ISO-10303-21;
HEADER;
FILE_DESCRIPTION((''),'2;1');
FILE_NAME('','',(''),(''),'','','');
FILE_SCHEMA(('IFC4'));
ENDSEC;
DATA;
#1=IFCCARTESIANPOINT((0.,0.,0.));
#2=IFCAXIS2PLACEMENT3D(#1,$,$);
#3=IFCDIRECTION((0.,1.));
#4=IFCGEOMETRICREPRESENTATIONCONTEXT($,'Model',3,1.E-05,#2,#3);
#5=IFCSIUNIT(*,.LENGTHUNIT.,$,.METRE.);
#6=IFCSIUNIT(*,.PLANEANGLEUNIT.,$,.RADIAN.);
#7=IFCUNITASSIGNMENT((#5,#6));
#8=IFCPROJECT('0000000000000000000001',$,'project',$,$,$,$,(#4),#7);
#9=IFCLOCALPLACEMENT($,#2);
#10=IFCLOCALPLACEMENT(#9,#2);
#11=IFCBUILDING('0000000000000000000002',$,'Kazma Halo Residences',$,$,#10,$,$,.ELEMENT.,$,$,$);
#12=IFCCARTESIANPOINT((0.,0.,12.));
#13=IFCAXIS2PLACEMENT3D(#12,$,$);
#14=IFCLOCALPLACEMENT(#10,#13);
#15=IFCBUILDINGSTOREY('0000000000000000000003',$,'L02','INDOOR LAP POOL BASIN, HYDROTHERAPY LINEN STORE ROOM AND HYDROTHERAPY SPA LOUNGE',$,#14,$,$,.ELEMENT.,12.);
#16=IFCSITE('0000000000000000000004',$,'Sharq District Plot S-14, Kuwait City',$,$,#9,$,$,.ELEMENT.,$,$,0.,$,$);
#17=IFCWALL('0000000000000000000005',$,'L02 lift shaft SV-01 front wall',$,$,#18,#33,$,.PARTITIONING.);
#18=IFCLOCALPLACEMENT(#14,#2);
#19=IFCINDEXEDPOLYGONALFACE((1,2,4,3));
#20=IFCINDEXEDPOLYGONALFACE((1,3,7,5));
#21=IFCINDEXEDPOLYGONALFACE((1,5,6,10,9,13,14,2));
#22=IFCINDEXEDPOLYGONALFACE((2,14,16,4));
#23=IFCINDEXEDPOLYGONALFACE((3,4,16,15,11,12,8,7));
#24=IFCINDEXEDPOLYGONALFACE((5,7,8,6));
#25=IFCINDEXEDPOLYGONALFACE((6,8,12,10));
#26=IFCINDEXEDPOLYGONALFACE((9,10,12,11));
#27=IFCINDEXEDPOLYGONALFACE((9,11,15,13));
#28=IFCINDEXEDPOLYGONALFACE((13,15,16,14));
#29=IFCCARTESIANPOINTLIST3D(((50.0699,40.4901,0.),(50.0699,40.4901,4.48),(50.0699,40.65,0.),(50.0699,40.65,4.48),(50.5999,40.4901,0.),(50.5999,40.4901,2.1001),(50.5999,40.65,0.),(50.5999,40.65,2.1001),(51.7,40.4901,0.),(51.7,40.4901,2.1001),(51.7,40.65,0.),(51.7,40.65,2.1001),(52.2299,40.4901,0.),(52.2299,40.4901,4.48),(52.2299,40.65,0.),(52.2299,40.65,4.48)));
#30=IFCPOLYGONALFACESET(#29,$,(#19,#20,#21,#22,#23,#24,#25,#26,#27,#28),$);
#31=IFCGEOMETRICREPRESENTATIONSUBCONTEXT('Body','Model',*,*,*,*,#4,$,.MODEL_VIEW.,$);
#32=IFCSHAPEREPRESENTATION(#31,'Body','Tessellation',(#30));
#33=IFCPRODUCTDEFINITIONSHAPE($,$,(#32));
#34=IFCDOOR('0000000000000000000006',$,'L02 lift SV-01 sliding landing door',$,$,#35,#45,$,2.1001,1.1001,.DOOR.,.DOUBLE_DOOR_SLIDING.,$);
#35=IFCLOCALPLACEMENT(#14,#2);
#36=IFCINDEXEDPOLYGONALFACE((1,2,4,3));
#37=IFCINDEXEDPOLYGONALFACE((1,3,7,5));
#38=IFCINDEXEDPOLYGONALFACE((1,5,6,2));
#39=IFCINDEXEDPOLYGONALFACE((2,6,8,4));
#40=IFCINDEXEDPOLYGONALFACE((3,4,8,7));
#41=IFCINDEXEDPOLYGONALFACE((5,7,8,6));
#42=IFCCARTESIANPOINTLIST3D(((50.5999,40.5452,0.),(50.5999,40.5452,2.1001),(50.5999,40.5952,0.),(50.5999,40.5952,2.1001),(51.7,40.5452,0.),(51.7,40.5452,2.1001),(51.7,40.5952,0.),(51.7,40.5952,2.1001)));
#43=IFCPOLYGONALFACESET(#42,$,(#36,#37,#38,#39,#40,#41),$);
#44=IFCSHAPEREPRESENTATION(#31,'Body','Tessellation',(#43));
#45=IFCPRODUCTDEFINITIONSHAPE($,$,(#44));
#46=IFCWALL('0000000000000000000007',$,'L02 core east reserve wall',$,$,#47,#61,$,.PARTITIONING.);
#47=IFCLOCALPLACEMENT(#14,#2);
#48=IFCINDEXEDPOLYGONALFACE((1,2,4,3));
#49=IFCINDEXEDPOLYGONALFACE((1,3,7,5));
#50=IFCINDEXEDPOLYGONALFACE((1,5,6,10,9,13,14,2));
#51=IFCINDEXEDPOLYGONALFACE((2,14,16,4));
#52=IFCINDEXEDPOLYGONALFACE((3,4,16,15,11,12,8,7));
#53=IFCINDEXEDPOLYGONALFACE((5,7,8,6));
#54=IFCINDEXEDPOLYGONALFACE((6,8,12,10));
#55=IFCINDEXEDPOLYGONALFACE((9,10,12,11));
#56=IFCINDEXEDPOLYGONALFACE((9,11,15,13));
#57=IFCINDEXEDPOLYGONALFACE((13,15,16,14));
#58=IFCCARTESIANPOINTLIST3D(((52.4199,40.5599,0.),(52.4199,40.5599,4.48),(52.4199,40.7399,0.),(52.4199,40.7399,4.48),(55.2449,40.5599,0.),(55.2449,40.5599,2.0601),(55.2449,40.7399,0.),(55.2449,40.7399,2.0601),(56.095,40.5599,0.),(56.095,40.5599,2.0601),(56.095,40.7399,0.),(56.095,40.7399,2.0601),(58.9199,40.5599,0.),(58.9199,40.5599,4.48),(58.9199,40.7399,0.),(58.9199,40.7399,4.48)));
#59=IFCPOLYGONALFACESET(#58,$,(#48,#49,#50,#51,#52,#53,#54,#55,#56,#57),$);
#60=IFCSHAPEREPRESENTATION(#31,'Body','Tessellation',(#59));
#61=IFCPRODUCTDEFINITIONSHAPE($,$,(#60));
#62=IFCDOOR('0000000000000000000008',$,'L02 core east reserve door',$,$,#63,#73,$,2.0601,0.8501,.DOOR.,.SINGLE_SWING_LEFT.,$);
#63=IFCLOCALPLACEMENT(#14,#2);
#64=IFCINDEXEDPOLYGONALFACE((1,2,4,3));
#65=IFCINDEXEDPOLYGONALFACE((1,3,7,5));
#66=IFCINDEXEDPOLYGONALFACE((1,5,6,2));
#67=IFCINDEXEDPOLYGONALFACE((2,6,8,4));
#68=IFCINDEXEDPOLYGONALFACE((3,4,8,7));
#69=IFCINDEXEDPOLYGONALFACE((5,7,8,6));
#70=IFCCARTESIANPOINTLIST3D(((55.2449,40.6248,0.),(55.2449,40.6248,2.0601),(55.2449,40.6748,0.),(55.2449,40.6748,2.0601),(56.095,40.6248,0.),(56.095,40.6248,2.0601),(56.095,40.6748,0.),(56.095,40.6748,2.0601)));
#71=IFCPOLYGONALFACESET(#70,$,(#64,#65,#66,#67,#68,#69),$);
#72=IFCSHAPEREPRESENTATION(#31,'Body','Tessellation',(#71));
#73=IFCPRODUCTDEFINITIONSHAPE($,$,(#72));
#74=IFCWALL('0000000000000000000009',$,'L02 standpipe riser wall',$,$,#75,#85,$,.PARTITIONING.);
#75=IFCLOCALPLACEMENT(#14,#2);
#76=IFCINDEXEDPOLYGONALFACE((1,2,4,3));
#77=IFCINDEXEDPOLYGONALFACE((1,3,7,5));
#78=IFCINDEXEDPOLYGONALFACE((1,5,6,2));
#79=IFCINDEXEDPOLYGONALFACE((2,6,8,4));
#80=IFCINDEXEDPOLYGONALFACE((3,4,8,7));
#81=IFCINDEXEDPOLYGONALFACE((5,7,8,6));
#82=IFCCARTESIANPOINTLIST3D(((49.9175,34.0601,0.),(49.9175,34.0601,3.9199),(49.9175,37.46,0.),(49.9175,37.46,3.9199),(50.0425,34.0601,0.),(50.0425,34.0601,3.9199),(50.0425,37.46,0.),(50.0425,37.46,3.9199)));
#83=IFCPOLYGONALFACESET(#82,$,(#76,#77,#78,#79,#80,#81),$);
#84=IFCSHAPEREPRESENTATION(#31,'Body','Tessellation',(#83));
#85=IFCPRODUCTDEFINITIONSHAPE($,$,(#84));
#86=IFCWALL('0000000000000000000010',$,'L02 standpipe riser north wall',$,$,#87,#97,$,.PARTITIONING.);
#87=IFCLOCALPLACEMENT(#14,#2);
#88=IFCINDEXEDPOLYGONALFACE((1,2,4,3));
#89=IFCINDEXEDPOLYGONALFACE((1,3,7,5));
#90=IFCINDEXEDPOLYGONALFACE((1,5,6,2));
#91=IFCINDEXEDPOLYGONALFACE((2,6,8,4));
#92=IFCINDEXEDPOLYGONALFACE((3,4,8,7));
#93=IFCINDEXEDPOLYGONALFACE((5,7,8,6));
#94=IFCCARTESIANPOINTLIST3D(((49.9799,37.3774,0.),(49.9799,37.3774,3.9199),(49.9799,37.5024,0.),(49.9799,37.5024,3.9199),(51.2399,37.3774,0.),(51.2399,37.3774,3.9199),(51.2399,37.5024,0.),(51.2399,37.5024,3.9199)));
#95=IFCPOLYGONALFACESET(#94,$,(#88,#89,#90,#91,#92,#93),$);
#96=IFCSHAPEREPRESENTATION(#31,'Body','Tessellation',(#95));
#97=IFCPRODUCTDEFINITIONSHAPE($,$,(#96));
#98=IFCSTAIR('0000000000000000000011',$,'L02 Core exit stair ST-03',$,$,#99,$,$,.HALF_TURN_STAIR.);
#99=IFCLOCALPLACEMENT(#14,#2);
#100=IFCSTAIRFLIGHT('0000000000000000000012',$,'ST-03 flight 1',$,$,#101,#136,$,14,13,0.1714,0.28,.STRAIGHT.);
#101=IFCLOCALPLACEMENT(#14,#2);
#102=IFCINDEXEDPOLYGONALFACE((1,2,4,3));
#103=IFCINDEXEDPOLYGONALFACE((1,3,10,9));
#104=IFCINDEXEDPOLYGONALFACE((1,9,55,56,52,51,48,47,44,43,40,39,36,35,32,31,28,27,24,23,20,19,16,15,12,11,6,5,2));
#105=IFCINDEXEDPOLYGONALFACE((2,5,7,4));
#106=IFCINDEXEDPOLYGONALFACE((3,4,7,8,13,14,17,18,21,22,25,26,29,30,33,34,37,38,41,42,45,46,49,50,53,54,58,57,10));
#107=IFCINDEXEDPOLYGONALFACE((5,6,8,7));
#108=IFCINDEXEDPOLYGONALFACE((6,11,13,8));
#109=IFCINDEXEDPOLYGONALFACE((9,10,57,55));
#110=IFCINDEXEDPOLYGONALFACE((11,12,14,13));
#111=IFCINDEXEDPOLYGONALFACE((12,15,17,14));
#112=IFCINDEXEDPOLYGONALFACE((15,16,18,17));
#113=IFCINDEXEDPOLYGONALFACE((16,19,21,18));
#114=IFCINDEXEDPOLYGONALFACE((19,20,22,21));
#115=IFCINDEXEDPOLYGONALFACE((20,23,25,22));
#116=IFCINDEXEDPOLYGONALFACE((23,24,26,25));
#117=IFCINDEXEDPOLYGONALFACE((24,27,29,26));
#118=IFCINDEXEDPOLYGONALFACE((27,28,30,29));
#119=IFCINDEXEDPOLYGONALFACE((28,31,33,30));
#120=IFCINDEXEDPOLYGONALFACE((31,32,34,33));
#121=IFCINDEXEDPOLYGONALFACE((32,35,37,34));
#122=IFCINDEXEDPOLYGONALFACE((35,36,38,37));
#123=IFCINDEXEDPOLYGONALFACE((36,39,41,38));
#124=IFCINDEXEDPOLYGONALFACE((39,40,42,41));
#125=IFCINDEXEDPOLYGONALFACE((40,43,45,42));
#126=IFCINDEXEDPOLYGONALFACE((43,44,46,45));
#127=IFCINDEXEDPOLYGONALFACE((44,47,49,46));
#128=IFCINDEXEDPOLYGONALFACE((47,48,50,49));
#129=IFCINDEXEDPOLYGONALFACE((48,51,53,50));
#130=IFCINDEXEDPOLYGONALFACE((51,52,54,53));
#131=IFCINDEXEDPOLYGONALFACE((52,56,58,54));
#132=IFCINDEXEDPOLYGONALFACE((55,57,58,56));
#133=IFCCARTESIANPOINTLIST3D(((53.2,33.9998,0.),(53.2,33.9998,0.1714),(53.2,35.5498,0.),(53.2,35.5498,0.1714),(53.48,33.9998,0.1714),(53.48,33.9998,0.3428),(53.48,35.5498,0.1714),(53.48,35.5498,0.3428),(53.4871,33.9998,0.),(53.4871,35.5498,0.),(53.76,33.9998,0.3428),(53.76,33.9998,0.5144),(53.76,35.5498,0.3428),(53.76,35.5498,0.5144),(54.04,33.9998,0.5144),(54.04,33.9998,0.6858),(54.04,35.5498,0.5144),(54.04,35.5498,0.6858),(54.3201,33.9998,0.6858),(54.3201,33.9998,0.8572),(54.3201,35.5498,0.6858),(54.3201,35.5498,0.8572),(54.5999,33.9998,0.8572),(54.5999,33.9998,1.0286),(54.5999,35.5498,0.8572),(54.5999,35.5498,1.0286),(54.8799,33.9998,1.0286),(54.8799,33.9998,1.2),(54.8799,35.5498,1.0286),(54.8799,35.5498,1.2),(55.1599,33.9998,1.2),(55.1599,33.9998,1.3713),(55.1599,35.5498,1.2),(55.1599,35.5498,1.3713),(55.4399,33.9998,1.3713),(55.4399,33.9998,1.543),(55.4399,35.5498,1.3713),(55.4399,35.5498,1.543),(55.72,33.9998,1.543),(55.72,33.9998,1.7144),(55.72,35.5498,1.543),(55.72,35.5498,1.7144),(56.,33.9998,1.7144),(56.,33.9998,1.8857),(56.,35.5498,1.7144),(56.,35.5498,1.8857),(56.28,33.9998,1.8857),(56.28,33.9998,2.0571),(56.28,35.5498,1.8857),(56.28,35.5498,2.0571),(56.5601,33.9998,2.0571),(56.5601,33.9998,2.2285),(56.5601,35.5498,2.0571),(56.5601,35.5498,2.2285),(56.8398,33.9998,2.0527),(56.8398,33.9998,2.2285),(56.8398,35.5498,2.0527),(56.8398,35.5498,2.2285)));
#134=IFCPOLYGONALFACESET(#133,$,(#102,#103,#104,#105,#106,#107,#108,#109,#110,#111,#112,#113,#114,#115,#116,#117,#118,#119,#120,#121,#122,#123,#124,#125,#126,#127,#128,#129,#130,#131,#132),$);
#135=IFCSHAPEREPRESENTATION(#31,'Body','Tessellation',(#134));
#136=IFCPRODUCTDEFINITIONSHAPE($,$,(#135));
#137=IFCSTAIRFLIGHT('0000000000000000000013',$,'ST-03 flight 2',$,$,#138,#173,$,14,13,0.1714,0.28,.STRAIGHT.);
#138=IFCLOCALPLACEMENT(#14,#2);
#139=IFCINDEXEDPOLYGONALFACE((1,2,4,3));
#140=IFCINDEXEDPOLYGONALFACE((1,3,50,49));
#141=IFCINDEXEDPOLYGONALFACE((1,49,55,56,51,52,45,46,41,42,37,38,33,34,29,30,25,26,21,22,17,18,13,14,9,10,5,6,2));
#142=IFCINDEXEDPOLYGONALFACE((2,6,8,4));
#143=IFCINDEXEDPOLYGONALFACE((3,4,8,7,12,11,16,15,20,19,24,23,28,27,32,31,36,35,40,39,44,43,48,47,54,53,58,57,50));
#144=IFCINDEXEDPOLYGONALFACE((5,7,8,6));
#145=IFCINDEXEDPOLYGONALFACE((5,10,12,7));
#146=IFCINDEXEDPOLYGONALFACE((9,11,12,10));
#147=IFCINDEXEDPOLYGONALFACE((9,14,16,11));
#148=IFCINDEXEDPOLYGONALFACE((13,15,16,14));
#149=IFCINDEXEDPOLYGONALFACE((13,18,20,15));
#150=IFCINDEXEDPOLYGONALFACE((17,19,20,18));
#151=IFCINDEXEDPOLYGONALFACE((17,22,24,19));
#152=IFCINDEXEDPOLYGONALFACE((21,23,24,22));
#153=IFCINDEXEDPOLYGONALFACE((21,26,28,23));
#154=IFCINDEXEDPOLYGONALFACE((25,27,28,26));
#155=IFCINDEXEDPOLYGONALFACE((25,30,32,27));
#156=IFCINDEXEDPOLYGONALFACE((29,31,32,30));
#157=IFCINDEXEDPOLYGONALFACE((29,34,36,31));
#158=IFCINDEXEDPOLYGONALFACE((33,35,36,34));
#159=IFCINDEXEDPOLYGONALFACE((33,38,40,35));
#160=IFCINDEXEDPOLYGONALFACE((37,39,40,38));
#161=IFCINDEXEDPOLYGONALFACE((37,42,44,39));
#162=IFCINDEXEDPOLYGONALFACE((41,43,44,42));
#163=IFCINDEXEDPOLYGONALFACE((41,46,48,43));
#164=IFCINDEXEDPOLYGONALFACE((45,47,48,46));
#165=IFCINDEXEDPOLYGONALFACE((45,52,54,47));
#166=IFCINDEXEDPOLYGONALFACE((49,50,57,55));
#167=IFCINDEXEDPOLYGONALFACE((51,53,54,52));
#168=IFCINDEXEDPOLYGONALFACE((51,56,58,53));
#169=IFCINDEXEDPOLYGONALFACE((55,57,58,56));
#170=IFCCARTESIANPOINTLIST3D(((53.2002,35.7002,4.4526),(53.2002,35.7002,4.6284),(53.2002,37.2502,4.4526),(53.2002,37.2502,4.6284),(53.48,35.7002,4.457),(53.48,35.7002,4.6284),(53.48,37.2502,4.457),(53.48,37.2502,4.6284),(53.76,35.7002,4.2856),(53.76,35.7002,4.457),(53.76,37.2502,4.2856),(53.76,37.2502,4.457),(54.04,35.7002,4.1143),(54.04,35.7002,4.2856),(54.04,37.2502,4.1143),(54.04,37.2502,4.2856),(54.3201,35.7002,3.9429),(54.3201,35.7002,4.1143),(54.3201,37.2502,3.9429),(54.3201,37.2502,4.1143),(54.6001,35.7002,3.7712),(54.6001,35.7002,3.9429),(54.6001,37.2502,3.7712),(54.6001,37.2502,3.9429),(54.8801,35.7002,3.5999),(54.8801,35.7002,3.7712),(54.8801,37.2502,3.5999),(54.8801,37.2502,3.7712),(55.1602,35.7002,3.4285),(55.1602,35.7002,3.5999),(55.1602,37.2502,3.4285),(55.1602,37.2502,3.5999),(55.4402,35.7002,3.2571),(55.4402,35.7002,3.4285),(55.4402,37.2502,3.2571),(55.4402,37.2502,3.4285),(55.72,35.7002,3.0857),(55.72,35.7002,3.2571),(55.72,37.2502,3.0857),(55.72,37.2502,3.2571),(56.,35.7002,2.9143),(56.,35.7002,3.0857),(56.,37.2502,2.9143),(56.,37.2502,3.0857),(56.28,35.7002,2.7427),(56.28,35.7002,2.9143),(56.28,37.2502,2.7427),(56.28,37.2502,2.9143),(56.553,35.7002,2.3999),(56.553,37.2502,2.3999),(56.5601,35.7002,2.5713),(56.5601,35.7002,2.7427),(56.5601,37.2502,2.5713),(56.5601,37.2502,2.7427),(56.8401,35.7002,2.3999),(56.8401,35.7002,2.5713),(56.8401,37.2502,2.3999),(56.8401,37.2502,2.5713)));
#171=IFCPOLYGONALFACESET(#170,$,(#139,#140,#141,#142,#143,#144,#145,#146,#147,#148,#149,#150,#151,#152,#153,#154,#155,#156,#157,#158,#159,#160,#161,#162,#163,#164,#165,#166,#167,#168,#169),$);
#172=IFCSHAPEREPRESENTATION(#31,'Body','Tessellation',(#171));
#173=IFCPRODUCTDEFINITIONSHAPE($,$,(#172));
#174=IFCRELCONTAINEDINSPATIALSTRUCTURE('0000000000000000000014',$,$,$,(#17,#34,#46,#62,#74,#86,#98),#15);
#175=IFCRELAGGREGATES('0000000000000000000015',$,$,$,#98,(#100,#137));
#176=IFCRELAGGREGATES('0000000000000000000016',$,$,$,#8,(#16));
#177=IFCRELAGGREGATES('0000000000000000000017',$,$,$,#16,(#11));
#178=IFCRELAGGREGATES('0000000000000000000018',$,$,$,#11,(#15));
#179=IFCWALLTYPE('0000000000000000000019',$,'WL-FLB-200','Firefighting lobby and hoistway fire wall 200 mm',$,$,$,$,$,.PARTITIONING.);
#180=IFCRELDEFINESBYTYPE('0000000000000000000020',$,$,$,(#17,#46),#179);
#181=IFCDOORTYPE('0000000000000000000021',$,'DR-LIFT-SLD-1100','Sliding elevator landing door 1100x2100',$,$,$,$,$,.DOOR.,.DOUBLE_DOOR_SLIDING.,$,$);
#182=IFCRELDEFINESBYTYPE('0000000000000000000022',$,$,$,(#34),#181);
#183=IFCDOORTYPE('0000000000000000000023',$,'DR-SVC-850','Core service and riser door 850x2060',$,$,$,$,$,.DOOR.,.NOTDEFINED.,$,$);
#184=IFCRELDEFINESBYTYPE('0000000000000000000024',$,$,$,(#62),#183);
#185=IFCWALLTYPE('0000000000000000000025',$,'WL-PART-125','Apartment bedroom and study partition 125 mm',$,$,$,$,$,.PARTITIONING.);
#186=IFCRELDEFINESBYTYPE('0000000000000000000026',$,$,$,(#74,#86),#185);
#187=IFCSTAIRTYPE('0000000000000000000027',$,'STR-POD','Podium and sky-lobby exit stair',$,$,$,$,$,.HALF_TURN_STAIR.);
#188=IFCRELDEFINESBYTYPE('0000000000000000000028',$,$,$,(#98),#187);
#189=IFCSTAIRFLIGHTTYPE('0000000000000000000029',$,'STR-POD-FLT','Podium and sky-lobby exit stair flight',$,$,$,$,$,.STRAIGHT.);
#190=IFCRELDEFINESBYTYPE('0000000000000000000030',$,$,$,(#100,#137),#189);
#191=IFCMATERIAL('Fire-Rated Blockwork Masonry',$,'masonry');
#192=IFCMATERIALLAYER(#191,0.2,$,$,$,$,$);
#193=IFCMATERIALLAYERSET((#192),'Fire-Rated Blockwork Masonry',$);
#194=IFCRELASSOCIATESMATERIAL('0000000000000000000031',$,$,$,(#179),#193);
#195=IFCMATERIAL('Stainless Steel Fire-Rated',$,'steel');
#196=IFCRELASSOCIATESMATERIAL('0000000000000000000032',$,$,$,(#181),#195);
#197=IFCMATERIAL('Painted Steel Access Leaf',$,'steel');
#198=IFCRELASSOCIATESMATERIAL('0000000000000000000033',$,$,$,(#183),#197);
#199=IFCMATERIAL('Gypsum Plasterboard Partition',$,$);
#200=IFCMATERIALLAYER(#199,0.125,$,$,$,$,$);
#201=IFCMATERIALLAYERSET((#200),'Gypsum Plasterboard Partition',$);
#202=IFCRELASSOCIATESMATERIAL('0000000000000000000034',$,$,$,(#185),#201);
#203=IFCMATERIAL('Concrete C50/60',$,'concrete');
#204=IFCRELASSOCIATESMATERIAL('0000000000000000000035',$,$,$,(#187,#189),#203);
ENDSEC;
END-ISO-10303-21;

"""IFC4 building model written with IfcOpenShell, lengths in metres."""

from ifc_helpers import new_model, si_unit, direction, frame, frame_2d, origin, place, context, subcontext, project, spatial, polyline, rectangle, outline, extrude, material, layer, layer_set, type_object, element, fill, aggregate, save


model = new_model("IFC4")

# Units and contexts
model_context = context("Model", 3, precision=1e-05, world=origin(), true_north=direction((0.0, 1.0)))
body_context = subcontext(model_context, "Body", "Model", "MODEL_VIEW")
ifc_project = project(units=[si_unit("LENGTHUNIT", "METRE"), si_unit("PLANEANGLEUNIT", "RADIAN")], contexts=[model_context])

# Site, building, storey
site_placement = place(None, origin())
site = spatial("IfcSite", under=ifc_project, at=site_placement, Name="Sharq District Plot S-14, Kuwait City", CompositionType="ELEMENT", RefElevation=0.0)
building_placement = place(site_placement, origin())
building = spatial("IfcBuilding", under=site, at=building_placement, Name="Kazma Halo Residences", CompositionType="ELEMENT")
storey_placement = place(building_placement, frame((0.0, 0.0, 12.0)))
storey = spatial("IfcBuildingStorey", under=building, at=storey_placement, Name="L02", Description="INDOOR LAP POOL BASIN, HYDROTHERAPY LINEN STORE ROOM AND HYDROTHERAPY SPA LOUNGE", CompositionType="ELEMENT", Elevation=12.0)

# Walls, openings, doors
ifc_material_1 = material(Name="Fire-Rated Blockwork Masonry", Category="masonry")
ifc_layer_1 = layer(ifc_material_1, 0.2)
ifc_layer_set_1 = layer_set([ifc_layer_1], Name="Fire-Rated Blockwork Masonry")
wall_type_1 = type_object("IfcWallType", Name="WL-FLB-200", Description="Firefighting lobby and hoistway fire wall 200 mm", PredefinedType="PARTITIONING", material=ifc_layer_set_1)
wall_1_placement = place(storey_placement, frame((52.23, 40.5701, 0.0), z_axis=(0.0, 0.0, 1.0), x_axis=(-1.0, 0.0, 0.0)))
wall_1 = element("IfcWall", 1, at=wall_1_placement, inside=storey, type_object=wall_type_1, Name="L02 lift shaft SV-01 front wall", PredefinedType="PARTITIONING", context=body_context, shape_type="SweptSolid", body=[
    extrude(rectangle(XDim=2.1599, YDim=0.1599, at=frame_2d((1.0801, 0.0))), origin(), (0.0, 0.0, 1.0), 4.48),
])
opening_1_placement = place(wall_1_placement, frame((0.53, 0.0, 0.0)))
opening_1 = element("IfcOpeningElement", 2, at=opening_1_placement, cuts=wall_1, PredefinedType="OPENING", context=body_context, shape_type="SweptSolid", body=[
    extrude(rectangle(XDim=1.1001, YDim=2.1001, at=frame_2d((0.55, 1.05))), frame((0.0, 0.0898, 0.0), z_axis=(0.0, -1.0, 0.0), x_axis=(1.0, 0.0, 0.0)), (0.0, 0.0, 1.0), 0.1799),
])
ifc_material_2 = material(Name="Stainless Steel Fire-Rated", Category="steel")
door_type_1 = type_object("IfcDoorType", Name="DR-LIFT-SLD-1100", Description="Sliding elevator landing door 1100x2100", OperationType="DOUBLE_DOOR_SLIDING", PredefinedType="DOOR", material=ifc_material_2)
door_1_placement = place(opening_1_placement, origin())
door_1 = element("IfcDoor", 3, at=door_1_placement, inside=storey, type_object=door_type_1, Name="L02 lift SV-01 sliding landing door", OperationType="DOUBLE_DOOR_SLIDING", OverallHeight=2.1001, OverallWidth=1.1001, PredefinedType="DOOR", context=body_context, shape_type="SweptSolid", body=[
    extrude(rectangle(XDim=1.1001, YDim=2.1001, at=frame_2d((0.55, 1.05))), frame((0.0, 0.0249, 0.0), z_axis=(0.0, -1.0, 0.0), x_axis=(1.0, 0.0, 0.0)), (0.0, 0.0, 1.0), 0.05),
])
fill(opening_1, door_1)
wall_2_placement = place(storey_placement, frame((52.4199, 40.6499, 0.0), z_axis=(0.0, 0.0, 1.0), x_axis=(1.0, 0.0, 0.0)))
wall_2 = element("IfcWall", 4, at=wall_2_placement, inside=storey, type_object=wall_type_1, Name="L02 core east reserve wall", PredefinedType="PARTITIONING", context=body_context, shape_type="SweptSolid", body=[
    extrude(rectangle(XDim=6.5, YDim=0.1799, at=frame_2d((3.25, 0.0))), origin(), (0.0, 0.0, 1.0), 4.48),
])
opening_2_placement = place(wall_2_placement, frame((2.825, 0.0, 0.0)))
opening_2 = element("IfcOpeningElement", 5, at=opening_2_placement, cuts=wall_2, PredefinedType="OPENING", context=body_context, shape_type="SweptSolid", body=[
    extrude(rectangle(XDim=0.8501, YDim=2.0601, at=frame_2d((0.425, 1.03))), frame((0.0, 0.0999, 0.0), z_axis=(0.0, -1.0, 0.0), x_axis=(1.0, 0.0, 0.0)), (0.0, 0.0, 1.0), 0.2),
])
ifc_material_3 = material(Name="Painted Steel Access Leaf", Category="steel")
door_type_2 = type_object("IfcDoorType", Name="DR-SVC-850", Description="Core service and riser door 850x2060", OperationType="NOTDEFINED", PredefinedType="DOOR", material=ifc_material_3)
door_2_placement = place(opening_2_placement, origin())
door_2 = element("IfcDoor", 6, at=door_2_placement, inside=storey, type_object=door_type_2, Name="L02 core east reserve door", OperationType="SINGLE_SWING_LEFT", OverallHeight=2.0601, OverallWidth=0.8501, PredefinedType="DOOR", context=body_context, shape_type="SweptSolid", body=[
    extrude(rectangle(XDim=0.8501, YDim=2.0601, at=frame_2d((0.425, 1.03))), frame((0.0, 0.0249, 0.0), z_axis=(0.0, -1.0, 0.0), x_axis=(1.0, 0.0, 0.0)), (0.0, 0.0, 1.0), 0.05),
])
fill(opening_2, door_2)

# Walls
ifc_material_4 = material(Name="Gypsum Plasterboard Partition")
ifc_layer_2 = layer(ifc_material_4, 0.125)
ifc_layer_set_2 = layer_set([ifc_layer_2], Name="Gypsum Plasterboard Partition")
wall_type_2 = type_object("IfcWallType", Name="WL-PART-125", Description="Apartment bedroom and study partition 125 mm", PredefinedType="PARTITIONING", material=ifc_layer_set_2)
wall_3_placement = place(storey_placement, frame((49.98, 34.0601, 0.0), z_axis=(0.0, 0.0, 1.0), x_axis=(0.0, 1.0, 0.0)))
element("IfcWall", 7, at=wall_3_placement, inside=storey, type_object=wall_type_2, Name="L02 standpipe riser wall", PredefinedType="PARTITIONING", context=body_context, shape_type="SweptSolid", body=[
    extrude(rectangle(XDim=3.3999, YDim=0.125, at=frame_2d((1.7, 0.0))), origin(), (0.0, 0.0, 1.0), 3.9199),
])
wall_4_placement = place(storey_placement, frame((49.98, 37.4399, 0.0), z_axis=(0.0, 0.0, 1.0), x_axis=(1.0, 0.0, 0.0)))
element("IfcWall", 8, at=wall_4_placement, inside=storey, type_object=wall_type_2, Name="L02 standpipe riser north wall", PredefinedType="PARTITIONING", context=body_context, shape_type="SweptSolid", body=[
    extrude(rectangle(XDim=1.26, YDim=0.125, at=frame_2d((0.6299, 0.0))), origin(), (0.0, 0.0, 1.0), 3.9199),
])

# Shared definitions
ifc_material_5 = material(Name="Concrete C50/60", Category="concrete")

# Stair, stair flights
stair_type = type_object("IfcStairType", Name="STR-POD", Description="Podium and sky-lobby exit stair", PredefinedType="HALF_TURN_STAIR", material=ifc_material_5)
stair_placement = place(storey_placement, origin())
stair = element("IfcStair", 9, at=stair_placement, inside=storey, type_object=stair_type, Name="L02 Core exit stair ST-03", PredefinedType="HALF_TURN_STAIR")
stair_flight_type = type_object("IfcStairFlightType", Name="STR-POD-FLT", Description="Podium and sky-lobby exit stair flight", PredefinedType="STRAIGHT", material=ifc_material_5)
stair_flight_1_placement = place(storey_placement, frame((53.2, 34.7749, 0.0), z_axis=(0.0, 0.0, 1.0), x_axis=(1.0, 0.0, 0.0)))
stair_flight_1 = element("IfcStairFlight", 10, at=stair_flight_1_placement, type_object=stair_flight_type, Name="ST-03 flight 1", NumberOfRisers=14, NumberOfTreads=13, PredefinedType="STRAIGHT", RiserHeight=0.1714, TreadLength=0.28, context=body_context, shape_type="SweptSolid", body=[
    extrude(outline(polyline([(0.0, 0.0), (0.0, 0.1714), (0.28, 0.1714), (0.28, 0.3428), (0.5601, 0.3428), (0.5601, 0.5144), (0.8401, 0.5144), (0.8401, 0.6858), (1.1201, 0.6858), (1.1201, 0.8572), (1.3999, 0.8572), (1.3999, 1.0286), (1.6799, 1.0286), (1.6799, 1.2), (1.96, 1.2), (1.96, 1.3713), (2.24, 1.3713), (2.24, 1.543), (2.52, 1.543), (2.52, 1.7144), (2.8, 1.7144), (2.8, 1.8857), (3.0801, 1.8857), (3.0801, 2.0571), (3.3601, 2.0571), (3.3601, 2.2285), (3.6399, 2.2285), (3.6399, 2.3999), (3.6399, 2.0527), (0.2871, 0.0), (0.0, 0.0)])), frame((0.0, 0.7749, 0.0), z_axis=(0.0, -1.0, 0.0), x_axis=(1.0, 0.0, 0.0)), (0.0, 0.0, 1.0), 1.55),
])
stair_flight_2_placement = place(storey_placement, frame((56.8401, 36.4751, 2.3999), z_axis=(0.0, 0.0, 1.0), x_axis=(-1.0, 0.0, 0.0)))
stair_flight_2 = element("IfcStairFlight", 11, at=stair_flight_2_placement, type_object=stair_flight_type, Name="ST-03 flight 2", NumberOfRisers=14, NumberOfTreads=13, PredefinedType="STRAIGHT", RiserHeight=0.1714, TreadLength=0.28, context=body_context, shape_type="SweptSolid", body=[
    extrude(outline(polyline([(0.0, 0.0), (0.0, 0.1714), (0.28, 0.1714), (0.28, 0.3428), (0.5601, 0.3428), (0.5601, 0.5144), (0.8401, 0.5144), (0.8401, 0.6858), (1.1201, 0.6858), (1.1201, 0.8572), (1.3999, 0.8572), (1.3999, 1.0286), (1.6799, 1.0286), (1.6799, 1.2), (1.96, 1.2), (1.96, 1.3713), (2.24, 1.3713), (2.24, 1.543), (2.52, 1.543), (2.52, 1.7144), (2.8, 1.7144), (2.8, 1.8857), (3.0801, 1.8857), (3.0801, 2.0571), (3.3601, 2.0571), (3.3601, 2.2285), (3.6399, 2.2285), (3.6399, 2.3999), (3.6399, 2.0527), (0.2871, 0.0), (0.0, 0.0)])), frame((0.0, 0.7749, 0.0), z_axis=(0.0, -1.0, 0.0), x_axis=(1.0, 0.0, 0.0)), (0.0, 0.0, 1.0), 1.55),
])
aggregate(stair, [stair_flight_1, stair_flight_2])

save(model, "model.ifc")
